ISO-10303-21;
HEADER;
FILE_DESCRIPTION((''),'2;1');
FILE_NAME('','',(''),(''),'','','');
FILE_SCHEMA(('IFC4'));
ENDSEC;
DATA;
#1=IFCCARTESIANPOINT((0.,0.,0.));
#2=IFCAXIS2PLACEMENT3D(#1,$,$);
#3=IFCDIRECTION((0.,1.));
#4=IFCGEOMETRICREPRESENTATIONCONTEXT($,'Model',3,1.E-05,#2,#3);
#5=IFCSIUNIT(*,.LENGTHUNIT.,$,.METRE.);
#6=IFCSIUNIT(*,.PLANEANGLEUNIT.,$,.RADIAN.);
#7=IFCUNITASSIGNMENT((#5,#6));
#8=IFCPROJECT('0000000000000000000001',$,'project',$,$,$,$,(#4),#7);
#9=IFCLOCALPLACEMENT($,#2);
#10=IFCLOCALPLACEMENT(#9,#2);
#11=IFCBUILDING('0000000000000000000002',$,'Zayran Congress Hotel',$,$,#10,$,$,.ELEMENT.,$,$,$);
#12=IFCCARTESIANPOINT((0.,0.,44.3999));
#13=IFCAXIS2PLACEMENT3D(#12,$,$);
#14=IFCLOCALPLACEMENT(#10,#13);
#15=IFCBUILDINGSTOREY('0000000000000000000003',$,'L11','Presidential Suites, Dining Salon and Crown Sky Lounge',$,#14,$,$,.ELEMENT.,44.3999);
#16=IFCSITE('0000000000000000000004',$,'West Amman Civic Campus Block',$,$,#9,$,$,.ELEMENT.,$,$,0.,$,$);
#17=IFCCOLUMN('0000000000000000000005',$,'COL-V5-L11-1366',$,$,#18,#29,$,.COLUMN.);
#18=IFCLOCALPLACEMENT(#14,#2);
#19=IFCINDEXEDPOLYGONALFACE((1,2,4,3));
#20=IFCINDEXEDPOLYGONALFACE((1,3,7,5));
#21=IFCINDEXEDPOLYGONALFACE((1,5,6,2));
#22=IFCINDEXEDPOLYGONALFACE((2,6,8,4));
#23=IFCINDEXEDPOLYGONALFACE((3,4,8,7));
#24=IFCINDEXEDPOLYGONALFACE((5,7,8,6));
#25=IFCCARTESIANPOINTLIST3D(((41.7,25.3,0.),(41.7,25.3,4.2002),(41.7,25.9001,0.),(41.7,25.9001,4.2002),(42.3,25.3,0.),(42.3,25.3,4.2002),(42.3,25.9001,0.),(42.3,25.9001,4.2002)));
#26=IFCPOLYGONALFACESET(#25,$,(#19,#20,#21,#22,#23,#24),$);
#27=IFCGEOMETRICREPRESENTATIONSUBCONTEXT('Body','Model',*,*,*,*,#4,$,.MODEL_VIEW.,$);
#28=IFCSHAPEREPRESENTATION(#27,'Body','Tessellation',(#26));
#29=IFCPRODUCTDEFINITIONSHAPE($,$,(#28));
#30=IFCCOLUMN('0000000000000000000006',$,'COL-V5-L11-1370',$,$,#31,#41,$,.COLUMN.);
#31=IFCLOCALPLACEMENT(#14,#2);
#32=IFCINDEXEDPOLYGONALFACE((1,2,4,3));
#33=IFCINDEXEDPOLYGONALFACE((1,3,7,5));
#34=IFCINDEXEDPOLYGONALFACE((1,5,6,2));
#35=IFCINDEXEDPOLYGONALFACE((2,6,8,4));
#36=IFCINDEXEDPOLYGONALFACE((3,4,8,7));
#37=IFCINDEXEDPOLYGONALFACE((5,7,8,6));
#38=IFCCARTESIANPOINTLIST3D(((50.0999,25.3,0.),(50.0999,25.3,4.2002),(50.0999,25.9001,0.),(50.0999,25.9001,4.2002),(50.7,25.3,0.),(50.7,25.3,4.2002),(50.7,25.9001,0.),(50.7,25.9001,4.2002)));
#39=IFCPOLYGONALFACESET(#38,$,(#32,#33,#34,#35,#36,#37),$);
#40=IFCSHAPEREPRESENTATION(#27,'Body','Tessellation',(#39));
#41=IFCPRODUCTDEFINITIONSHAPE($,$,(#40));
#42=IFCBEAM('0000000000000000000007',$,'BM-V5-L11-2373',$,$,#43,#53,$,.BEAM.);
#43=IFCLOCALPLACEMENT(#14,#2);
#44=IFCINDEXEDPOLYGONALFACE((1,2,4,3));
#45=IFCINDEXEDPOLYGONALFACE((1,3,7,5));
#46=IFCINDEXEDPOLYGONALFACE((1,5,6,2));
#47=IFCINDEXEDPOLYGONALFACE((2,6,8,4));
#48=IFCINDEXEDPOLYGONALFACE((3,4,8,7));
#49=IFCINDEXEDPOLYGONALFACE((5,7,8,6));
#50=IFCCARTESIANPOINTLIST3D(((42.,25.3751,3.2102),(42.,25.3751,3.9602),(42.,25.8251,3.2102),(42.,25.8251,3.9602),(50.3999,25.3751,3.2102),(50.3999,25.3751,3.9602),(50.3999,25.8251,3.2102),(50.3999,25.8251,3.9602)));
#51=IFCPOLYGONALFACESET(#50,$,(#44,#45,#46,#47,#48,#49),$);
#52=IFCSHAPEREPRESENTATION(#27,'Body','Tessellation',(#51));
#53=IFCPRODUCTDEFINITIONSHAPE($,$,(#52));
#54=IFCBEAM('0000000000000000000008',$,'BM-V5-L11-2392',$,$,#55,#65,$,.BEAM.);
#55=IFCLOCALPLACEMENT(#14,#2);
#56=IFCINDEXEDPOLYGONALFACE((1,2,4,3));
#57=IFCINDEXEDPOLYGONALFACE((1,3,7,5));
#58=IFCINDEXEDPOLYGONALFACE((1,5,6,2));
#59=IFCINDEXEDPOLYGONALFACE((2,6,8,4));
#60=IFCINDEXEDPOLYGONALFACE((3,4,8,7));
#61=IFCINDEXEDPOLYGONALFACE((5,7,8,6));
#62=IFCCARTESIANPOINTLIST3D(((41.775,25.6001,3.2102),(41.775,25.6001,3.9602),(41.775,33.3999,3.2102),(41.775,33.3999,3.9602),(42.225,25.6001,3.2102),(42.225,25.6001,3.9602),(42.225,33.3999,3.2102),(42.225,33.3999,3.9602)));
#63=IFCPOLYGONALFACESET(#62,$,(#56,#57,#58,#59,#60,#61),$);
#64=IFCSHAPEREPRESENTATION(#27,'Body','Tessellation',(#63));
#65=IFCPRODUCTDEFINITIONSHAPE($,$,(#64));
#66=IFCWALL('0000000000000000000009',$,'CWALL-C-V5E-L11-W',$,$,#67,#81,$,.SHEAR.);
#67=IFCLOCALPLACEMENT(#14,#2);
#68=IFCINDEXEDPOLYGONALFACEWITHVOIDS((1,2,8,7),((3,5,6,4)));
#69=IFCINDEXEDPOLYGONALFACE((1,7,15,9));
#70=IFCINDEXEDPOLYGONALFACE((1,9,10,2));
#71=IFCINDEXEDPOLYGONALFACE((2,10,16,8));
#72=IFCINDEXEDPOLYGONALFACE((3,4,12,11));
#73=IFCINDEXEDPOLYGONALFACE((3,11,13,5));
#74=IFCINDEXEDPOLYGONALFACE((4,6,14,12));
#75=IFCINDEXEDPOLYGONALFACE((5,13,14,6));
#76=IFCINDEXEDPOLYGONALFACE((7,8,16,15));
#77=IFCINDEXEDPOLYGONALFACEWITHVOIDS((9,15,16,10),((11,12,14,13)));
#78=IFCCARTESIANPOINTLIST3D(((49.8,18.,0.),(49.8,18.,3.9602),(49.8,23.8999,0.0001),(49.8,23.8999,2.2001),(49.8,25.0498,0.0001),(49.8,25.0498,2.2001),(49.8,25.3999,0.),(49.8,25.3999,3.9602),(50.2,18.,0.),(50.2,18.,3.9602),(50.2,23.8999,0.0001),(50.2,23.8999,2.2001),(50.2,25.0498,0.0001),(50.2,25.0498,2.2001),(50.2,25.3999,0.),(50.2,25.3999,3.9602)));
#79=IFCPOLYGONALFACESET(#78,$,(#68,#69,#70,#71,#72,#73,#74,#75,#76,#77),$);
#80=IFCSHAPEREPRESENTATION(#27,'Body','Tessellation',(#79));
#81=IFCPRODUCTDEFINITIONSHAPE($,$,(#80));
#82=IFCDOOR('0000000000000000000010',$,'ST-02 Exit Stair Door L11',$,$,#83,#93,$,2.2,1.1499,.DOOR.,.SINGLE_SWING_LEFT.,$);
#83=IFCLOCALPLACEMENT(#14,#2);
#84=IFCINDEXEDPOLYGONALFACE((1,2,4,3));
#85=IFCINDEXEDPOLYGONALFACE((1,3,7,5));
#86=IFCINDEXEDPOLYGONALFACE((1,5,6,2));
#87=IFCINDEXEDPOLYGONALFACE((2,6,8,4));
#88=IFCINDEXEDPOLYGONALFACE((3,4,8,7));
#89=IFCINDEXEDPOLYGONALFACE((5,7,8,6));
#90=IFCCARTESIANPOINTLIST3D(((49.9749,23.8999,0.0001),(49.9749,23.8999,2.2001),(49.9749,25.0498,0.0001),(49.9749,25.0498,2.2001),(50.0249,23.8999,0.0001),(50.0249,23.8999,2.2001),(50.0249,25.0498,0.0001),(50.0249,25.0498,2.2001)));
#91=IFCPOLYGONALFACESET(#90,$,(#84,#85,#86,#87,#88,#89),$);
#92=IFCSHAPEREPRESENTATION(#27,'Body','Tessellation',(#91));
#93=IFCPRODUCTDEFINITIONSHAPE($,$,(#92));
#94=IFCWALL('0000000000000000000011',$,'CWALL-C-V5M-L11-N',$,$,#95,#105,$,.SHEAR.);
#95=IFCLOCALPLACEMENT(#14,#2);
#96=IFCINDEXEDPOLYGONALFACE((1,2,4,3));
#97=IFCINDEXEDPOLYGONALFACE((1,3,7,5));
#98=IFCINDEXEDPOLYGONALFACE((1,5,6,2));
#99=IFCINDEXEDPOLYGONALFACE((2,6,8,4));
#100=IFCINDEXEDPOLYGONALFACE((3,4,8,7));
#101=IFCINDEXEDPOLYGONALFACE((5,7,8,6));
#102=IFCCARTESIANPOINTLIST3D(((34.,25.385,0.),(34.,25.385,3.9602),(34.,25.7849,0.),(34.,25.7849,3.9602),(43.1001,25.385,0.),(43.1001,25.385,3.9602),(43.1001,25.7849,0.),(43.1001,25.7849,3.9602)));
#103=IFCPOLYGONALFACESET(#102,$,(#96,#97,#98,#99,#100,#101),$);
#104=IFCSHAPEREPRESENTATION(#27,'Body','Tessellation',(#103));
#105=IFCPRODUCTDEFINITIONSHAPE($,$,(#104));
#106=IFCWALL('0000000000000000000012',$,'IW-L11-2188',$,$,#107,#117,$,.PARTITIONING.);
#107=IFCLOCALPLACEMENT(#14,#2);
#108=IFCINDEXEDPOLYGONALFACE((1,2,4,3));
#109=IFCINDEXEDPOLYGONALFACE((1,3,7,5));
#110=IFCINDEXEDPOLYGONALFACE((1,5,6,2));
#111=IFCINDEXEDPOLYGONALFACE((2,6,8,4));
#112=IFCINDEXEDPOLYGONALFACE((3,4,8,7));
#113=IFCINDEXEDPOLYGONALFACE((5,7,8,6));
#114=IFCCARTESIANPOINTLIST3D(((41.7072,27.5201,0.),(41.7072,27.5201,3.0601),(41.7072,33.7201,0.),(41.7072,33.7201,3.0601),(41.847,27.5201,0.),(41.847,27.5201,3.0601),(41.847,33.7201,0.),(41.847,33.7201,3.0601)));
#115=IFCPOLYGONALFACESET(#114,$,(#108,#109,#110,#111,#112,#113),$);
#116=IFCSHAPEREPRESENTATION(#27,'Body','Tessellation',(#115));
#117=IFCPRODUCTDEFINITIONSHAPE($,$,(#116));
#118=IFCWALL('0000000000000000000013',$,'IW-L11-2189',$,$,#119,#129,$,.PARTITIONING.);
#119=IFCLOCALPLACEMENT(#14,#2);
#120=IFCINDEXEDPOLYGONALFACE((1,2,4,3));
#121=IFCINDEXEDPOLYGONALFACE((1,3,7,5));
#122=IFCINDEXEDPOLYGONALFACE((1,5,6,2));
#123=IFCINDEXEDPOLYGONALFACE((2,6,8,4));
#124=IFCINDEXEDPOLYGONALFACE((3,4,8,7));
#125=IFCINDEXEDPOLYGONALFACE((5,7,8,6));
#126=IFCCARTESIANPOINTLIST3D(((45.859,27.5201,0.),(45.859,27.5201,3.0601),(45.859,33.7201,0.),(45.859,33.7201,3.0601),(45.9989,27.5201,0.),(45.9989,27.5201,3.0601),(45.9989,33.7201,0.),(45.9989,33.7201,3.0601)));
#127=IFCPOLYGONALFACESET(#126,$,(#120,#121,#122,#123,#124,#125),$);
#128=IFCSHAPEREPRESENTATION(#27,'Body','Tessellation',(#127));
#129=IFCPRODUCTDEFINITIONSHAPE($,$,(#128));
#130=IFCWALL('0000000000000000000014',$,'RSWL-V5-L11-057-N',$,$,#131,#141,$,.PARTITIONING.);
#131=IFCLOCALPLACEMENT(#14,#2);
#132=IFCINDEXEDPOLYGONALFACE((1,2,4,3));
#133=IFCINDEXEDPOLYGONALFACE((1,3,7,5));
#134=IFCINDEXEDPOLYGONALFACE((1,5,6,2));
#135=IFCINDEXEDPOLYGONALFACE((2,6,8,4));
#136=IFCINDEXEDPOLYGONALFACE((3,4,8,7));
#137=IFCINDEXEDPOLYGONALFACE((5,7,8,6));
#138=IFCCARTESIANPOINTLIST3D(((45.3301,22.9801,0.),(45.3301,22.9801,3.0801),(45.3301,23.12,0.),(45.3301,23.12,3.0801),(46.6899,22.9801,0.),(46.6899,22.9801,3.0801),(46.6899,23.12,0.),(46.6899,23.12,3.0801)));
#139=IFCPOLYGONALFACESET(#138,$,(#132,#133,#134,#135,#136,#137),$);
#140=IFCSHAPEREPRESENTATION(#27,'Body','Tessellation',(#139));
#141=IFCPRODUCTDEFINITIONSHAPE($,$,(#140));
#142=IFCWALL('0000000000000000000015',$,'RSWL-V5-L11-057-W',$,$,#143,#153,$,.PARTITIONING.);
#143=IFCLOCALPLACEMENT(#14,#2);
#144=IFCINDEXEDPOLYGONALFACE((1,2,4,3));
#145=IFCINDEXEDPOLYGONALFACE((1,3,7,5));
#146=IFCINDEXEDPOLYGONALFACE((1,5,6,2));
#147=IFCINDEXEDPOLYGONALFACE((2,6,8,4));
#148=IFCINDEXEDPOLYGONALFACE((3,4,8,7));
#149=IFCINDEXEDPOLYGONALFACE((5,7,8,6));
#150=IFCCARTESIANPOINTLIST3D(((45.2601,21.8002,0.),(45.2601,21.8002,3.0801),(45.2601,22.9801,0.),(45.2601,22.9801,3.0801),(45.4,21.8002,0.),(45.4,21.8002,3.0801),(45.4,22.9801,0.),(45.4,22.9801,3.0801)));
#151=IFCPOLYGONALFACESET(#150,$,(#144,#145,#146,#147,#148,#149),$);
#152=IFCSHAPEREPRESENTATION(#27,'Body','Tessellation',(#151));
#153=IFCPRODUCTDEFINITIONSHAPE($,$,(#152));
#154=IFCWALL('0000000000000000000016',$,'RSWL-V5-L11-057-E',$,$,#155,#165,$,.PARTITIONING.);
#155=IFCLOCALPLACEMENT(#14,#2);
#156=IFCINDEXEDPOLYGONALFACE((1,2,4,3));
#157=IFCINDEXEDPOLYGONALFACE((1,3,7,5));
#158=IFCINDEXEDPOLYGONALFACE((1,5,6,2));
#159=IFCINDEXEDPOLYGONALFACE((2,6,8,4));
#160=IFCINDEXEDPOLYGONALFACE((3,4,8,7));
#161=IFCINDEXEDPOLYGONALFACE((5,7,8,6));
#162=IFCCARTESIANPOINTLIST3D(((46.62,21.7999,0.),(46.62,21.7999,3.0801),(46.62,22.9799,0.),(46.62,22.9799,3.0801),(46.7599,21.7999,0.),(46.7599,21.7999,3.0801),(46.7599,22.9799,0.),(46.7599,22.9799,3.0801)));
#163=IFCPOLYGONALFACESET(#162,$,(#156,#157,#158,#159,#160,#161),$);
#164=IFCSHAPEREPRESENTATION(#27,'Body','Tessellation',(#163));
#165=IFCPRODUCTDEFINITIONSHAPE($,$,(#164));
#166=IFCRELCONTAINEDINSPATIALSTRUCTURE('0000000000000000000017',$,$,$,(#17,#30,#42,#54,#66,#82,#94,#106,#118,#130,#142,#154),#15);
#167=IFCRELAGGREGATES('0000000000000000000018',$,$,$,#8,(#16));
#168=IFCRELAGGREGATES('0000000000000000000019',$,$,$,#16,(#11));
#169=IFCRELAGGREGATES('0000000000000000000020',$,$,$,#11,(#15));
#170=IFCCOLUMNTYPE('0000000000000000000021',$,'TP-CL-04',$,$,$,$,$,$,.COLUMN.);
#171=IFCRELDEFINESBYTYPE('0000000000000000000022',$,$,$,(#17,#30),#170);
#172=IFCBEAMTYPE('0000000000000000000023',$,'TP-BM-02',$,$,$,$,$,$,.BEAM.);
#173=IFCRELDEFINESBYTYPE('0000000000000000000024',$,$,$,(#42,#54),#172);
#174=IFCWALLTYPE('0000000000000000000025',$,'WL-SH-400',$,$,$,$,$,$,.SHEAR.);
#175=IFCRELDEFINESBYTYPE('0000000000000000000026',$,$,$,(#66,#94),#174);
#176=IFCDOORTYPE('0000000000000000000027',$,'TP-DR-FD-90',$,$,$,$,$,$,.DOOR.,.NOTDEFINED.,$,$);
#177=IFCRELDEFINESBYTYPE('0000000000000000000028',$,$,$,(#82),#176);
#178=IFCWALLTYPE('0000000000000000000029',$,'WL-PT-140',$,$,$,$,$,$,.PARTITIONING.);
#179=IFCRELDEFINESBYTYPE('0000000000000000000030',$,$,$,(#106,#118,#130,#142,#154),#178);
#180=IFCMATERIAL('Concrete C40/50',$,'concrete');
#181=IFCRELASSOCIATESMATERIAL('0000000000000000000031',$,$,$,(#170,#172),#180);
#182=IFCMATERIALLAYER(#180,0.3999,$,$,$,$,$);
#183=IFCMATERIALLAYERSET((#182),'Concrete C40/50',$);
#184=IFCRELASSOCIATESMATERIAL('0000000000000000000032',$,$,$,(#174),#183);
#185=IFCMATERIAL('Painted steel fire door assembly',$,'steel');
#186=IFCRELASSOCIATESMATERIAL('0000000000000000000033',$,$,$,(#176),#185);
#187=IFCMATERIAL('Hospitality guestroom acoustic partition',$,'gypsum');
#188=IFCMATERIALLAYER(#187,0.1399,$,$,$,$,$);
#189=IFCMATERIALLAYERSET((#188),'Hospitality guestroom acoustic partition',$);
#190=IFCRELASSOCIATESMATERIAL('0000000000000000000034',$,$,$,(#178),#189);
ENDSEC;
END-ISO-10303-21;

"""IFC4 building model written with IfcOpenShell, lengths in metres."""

from ifc_helpers import new_model, si_unit, direction, frame, frame_2d, origin, origin_2d, place, context, subcontext, project, spatial, rectangle, extrude, material, layer, layer_set, material_profile, profile_set, type_object, element, fill, save


model = new_model("IFC4")

# Units and contexts
model_context = context("Model", 3, precision=1e-05, world=origin(), true_north=direction((0.0, 1.0)))
body_context = subcontext(model_context, "Body", "Model", "MODEL_VIEW")
ifc_project = project(units=[si_unit("LENGTHUNIT", "METRE"), si_unit("PLANEANGLEUNIT", "RADIAN")], contexts=[model_context])

# Site, building, storey
site_placement = place(None, origin())
site = spatial("IfcSite", under=ifc_project, at=site_placement, Name="West Amman Civic Campus Block", CompositionType="ELEMENT", RefElevation=0.0)
building_placement = place(site_placement, origin())
building = spatial("IfcBuilding", under=site, at=building_placement, Name="Zayran Congress Hotel", CompositionType="ELEMENT")
storey_placement = place(building_placement, frame((0.0, 0.0, 44.3999)))
storey = spatial("IfcBuildingStorey", under=building, at=storey_placement, Name="L11", Description="Presidential Suites, Dining Salon and Crown Sky Lounge", CompositionType="ELEMENT", Elevation=44.3999)

# Columns
ifc_material_1 = material(Name="Concrete C40/50", Category="concrete")
ifc_material_profile_1 = material_profile(ifc_material_1, rectangle(XDim=0.6001, YDim=0.6001, at=origin_2d()), Name="RC 600x600")
ifc_profile_set_1 = profile_set([ifc_material_profile_1], Name="Concrete C40/50")
column_type = type_object("IfcColumnType", Name="TP-CL-04", PredefinedType="COLUMN", material=ifc_profile_set_1)
for number, where, z_axis, x_axis, name in (
    (1, (42.0, 25.6001, 0.0), (0.0, 0.0, 1.0), (1.0, 0.0, 0.0), "COL-V5-L11-1366"),
    (2, (50.3999, 25.6001, 0.0), (0.0, 0.0, 1.0), (1.0, 0.0, 0.0), "COL-V5-L11-1370"),
):
    element("IfcColumn", number, at=place(storey_placement, frame(where, z_axis=z_axis, x_axis=x_axis)), inside=storey, type_object=column_type, Name=name, PredefinedType="COLUMN", context=body_context, shape_type="SweptSolid", body=[
        extrude(rectangle(XDim=0.6001, YDim=0.6001, at=origin_2d()), origin(), (0.0, 0.0, 1.0), 4.2002),
    ])

# Beams
ifc_material_profile_2 = material_profile(ifc_material_1, rectangle(XDim=0.45, YDim=0.75, at=origin_2d()), Name="RC 450x750")
ifc_profile_set_2 = profile_set([ifc_material_profile_2], Name="Concrete C40/50")
beam_type = type_object("IfcBeamType", Name="TP-BM-02", PredefinedType="BEAM", material=ifc_profile_set_2)
beam_1_placement = place(storey_placement, frame((42.0, 25.6001, 3.5852), z_axis=(1.0, 0.0, 0.0), x_axis=(0.0, 1.0, 0.0)))
element("IfcBeam", 3, at=beam_1_placement, inside=storey, type_object=beam_type, Name="BM-V5-L11-2373", PredefinedType="BEAM", context=body_context, shape_type="SweptSolid", body=[
    extrude(rectangle(XDim=0.45, YDim=0.75, at=origin_2d()), origin(), (0.0, 0.0, 1.0), 8.3999),
])
beam_2_placement = place(storey_placement, frame((42.0, 25.6001, 3.5852), z_axis=(0.0, 1.0, 0.0), x_axis=(-1.0, 0.0, 0.0)))
element("IfcBeam", 4, at=beam_2_placement, inside=storey, type_object=beam_type, Name="BM-V5-L11-2392", PredefinedType="BEAM", context=body_context, shape_type="SweptSolid", body=[
    extrude(rectangle(XDim=0.45, YDim=0.75, at=origin_2d()), origin(), (0.0, 0.0, 1.0), 7.7998),
])

# Wall, opening, door
ifc_layer_1 = layer(ifc_material_1, 0.3999)
ifc_layer_set_1 = layer_set([ifc_layer_1], Name="Concrete C40/50")
wall_type_1 = type_object("IfcWallType", Name="WL-SH-400", PredefinedType="SHEAR", material=ifc_layer_set_1)
wall_1_placement = place(storey_placement, frame((50.0, 25.3999, 0.0), z_axis=(0.0, 0.0, 1.0), x_axis=(0.0, -1.0, 0.0)))
wall_1 = element("IfcWall", 5, at=wall_1_placement, inside=storey, type_object=wall_type_1, Name="CWALL-C-V5E-L11-W", PredefinedType="SHEAR", context=body_context, shape_type="SweptSolid", body=[
    extrude(rectangle(XDim=7.3999, YDim=0.3999, at=frame_2d((3.7, 0.0))), origin(), (0.0, 0.0, 1.0), 3.9602),
])
opening_1_placement = place(wall_1_placement, frame((0.3501, 0.0, 0.0)))
opening_1 = element("IfcOpeningElement", 6, at=opening_1_placement, cuts=wall_1, PredefinedType="OPENING", context=body_context, shape_type="SweptSolid", body=[
    extrude(rectangle(XDim=1.1499, YDim=2.2, at=frame_2d((0.575, 1.1001))), frame((0.0, 0.21, 0.0), z_axis=(0.0, -1.0, 0.0), x_axis=(1.0, 0.0, 0.0)), (0.0, 0.0, 1.0), 0.4199),
])
ifc_material_2 = material(Name="Painted steel fire door assembly", Category="steel")
door_type_1 = type_object("IfcDoorType", Name="TP-DR-FD-90", OperationType="NOTDEFINED", PredefinedType="DOOR", material=ifc_material_2)
door_1_placement = place(opening_1_placement, origin())
door_1 = element("IfcDoor", 7, at=door_1_placement, inside=storey, type_object=door_type_1, Name="ST-02 Exit Stair Door L11", OperationType="SINGLE_SWING_LEFT", OverallHeight=2.2, OverallWidth=1.1499, PredefinedType="DOOR", context=body_context, shape_type="SweptSolid", body=[
    extrude(rectangle(XDim=1.1499, YDim=2.2, at=frame_2d((0.575, 1.1001))), frame((0.0, 0.0249, 0.0), z_axis=(0.0, -1.0, 0.0), x_axis=(1.0, 0.0, 0.0)), (0.0, 0.0, 1.0), 0.05),
])
fill(opening_1, door_1)

# Walls
wall_2_placement = place(storey_placement, frame((43.1001, 25.585, 0.0), z_axis=(0.0, 0.0, 1.0), x_axis=(-1.0, 0.0, 0.0)))
element("IfcWall", 8, at=wall_2_placement, inside=storey, type_object=wall_type_1, Name="CWALL-C-V5M-L11-N", PredefinedType="SHEAR", context=body_context, shape_type="SweptSolid", body=[
    extrude(rectangle(XDim=9.1001, YDim=0.3999, at=frame_2d((4.55, 0.0))), origin(), (0.0, 0.0, 1.0), 3.9602),
])
ifc_material_3 = material(Name="Hospitality guestroom acoustic partition", Category="gypsum")
ifc_layer_2 = layer(ifc_material_3, 0.1399)
ifc_layer_set_2 = layer_set([ifc_layer_2], Name="Hospitality guestroom acoustic partition")
wall_type_2 = type_object("IfcWallType", Name="WL-PT-140", PredefinedType="PARTITIONING", material=ifc_layer_set_2)
for number, where, z_axis, x_axis, name in (
    (9, (41.7771, 27.52, 0.0), (0.0, 0.0, 1.0), (0.0, 1.0, 0.0), "IW-L11-2188"),
    (10, (45.929, 27.52, 0.0), (0.0, 0.0, 1.0), (0.0, 1.0, 0.0), "IW-L11-2189"),
):
    element("IfcWall", number, at=place(storey_placement, frame(where, z_axis=z_axis, x_axis=x_axis)), inside=storey, type_object=wall_type_2, Name=name, PredefinedType="PARTITIONING", context=body_context, shape_type="SweptSolid", body=[
        extrude(rectangle(XDim=6.2, YDim=0.1399, at=frame_2d((3.1001, 0.0))), origin(), (0.0, 0.0, 1.0), 3.0601),
    ])
wall_3_placement = place(storey_placement, frame((46.6899, 23.05, 0.0), z_axis=(0.0, 0.0, 1.0), x_axis=(-1.0, 0.0, 0.0)))
element("IfcWall", 11, at=wall_3_placement, inside=storey, type_object=wall_type_2, Name="RSWL-V5-L11-057-N", PredefinedType="PARTITIONING", context=body_context, shape_type="SweptSolid", body=[
    extrude(rectangle(XDim=1.3599, YDim=0.1399, at=frame_2d((0.6799, 0.0))), origin(), (0.0, 0.0, 1.0), 3.0801),
])
for number, where, z_axis, x_axis, name in (
    (12, (45.3301, 22.98, 0.0), (0.0, 0.0, 1.0), (0.0, -1.0, 0.0), "RSWL-V5-L11-057-W"),
    (13, (46.6899, 21.8, 0.0), (0.0, 0.0, 1.0), (0.0, 1.0, 0.0), "RSWL-V5-L11-057-E"),
):
    element("IfcWall", number, at=place(storey_placement, frame(where, z_axis=z_axis, x_axis=x_axis)), inside=storey, type_object=wall_type_2, Name=name, PredefinedType="PARTITIONING", context=body_context, shape_type="SweptSolid", body=[
        extrude(rectangle(XDim=1.1799, YDim=0.1399, at=frame_2d((0.5898, 0.0))), origin(), (0.0, 0.0, 1.0), 3.0801),
    ])

save(model, "model.ifc")
